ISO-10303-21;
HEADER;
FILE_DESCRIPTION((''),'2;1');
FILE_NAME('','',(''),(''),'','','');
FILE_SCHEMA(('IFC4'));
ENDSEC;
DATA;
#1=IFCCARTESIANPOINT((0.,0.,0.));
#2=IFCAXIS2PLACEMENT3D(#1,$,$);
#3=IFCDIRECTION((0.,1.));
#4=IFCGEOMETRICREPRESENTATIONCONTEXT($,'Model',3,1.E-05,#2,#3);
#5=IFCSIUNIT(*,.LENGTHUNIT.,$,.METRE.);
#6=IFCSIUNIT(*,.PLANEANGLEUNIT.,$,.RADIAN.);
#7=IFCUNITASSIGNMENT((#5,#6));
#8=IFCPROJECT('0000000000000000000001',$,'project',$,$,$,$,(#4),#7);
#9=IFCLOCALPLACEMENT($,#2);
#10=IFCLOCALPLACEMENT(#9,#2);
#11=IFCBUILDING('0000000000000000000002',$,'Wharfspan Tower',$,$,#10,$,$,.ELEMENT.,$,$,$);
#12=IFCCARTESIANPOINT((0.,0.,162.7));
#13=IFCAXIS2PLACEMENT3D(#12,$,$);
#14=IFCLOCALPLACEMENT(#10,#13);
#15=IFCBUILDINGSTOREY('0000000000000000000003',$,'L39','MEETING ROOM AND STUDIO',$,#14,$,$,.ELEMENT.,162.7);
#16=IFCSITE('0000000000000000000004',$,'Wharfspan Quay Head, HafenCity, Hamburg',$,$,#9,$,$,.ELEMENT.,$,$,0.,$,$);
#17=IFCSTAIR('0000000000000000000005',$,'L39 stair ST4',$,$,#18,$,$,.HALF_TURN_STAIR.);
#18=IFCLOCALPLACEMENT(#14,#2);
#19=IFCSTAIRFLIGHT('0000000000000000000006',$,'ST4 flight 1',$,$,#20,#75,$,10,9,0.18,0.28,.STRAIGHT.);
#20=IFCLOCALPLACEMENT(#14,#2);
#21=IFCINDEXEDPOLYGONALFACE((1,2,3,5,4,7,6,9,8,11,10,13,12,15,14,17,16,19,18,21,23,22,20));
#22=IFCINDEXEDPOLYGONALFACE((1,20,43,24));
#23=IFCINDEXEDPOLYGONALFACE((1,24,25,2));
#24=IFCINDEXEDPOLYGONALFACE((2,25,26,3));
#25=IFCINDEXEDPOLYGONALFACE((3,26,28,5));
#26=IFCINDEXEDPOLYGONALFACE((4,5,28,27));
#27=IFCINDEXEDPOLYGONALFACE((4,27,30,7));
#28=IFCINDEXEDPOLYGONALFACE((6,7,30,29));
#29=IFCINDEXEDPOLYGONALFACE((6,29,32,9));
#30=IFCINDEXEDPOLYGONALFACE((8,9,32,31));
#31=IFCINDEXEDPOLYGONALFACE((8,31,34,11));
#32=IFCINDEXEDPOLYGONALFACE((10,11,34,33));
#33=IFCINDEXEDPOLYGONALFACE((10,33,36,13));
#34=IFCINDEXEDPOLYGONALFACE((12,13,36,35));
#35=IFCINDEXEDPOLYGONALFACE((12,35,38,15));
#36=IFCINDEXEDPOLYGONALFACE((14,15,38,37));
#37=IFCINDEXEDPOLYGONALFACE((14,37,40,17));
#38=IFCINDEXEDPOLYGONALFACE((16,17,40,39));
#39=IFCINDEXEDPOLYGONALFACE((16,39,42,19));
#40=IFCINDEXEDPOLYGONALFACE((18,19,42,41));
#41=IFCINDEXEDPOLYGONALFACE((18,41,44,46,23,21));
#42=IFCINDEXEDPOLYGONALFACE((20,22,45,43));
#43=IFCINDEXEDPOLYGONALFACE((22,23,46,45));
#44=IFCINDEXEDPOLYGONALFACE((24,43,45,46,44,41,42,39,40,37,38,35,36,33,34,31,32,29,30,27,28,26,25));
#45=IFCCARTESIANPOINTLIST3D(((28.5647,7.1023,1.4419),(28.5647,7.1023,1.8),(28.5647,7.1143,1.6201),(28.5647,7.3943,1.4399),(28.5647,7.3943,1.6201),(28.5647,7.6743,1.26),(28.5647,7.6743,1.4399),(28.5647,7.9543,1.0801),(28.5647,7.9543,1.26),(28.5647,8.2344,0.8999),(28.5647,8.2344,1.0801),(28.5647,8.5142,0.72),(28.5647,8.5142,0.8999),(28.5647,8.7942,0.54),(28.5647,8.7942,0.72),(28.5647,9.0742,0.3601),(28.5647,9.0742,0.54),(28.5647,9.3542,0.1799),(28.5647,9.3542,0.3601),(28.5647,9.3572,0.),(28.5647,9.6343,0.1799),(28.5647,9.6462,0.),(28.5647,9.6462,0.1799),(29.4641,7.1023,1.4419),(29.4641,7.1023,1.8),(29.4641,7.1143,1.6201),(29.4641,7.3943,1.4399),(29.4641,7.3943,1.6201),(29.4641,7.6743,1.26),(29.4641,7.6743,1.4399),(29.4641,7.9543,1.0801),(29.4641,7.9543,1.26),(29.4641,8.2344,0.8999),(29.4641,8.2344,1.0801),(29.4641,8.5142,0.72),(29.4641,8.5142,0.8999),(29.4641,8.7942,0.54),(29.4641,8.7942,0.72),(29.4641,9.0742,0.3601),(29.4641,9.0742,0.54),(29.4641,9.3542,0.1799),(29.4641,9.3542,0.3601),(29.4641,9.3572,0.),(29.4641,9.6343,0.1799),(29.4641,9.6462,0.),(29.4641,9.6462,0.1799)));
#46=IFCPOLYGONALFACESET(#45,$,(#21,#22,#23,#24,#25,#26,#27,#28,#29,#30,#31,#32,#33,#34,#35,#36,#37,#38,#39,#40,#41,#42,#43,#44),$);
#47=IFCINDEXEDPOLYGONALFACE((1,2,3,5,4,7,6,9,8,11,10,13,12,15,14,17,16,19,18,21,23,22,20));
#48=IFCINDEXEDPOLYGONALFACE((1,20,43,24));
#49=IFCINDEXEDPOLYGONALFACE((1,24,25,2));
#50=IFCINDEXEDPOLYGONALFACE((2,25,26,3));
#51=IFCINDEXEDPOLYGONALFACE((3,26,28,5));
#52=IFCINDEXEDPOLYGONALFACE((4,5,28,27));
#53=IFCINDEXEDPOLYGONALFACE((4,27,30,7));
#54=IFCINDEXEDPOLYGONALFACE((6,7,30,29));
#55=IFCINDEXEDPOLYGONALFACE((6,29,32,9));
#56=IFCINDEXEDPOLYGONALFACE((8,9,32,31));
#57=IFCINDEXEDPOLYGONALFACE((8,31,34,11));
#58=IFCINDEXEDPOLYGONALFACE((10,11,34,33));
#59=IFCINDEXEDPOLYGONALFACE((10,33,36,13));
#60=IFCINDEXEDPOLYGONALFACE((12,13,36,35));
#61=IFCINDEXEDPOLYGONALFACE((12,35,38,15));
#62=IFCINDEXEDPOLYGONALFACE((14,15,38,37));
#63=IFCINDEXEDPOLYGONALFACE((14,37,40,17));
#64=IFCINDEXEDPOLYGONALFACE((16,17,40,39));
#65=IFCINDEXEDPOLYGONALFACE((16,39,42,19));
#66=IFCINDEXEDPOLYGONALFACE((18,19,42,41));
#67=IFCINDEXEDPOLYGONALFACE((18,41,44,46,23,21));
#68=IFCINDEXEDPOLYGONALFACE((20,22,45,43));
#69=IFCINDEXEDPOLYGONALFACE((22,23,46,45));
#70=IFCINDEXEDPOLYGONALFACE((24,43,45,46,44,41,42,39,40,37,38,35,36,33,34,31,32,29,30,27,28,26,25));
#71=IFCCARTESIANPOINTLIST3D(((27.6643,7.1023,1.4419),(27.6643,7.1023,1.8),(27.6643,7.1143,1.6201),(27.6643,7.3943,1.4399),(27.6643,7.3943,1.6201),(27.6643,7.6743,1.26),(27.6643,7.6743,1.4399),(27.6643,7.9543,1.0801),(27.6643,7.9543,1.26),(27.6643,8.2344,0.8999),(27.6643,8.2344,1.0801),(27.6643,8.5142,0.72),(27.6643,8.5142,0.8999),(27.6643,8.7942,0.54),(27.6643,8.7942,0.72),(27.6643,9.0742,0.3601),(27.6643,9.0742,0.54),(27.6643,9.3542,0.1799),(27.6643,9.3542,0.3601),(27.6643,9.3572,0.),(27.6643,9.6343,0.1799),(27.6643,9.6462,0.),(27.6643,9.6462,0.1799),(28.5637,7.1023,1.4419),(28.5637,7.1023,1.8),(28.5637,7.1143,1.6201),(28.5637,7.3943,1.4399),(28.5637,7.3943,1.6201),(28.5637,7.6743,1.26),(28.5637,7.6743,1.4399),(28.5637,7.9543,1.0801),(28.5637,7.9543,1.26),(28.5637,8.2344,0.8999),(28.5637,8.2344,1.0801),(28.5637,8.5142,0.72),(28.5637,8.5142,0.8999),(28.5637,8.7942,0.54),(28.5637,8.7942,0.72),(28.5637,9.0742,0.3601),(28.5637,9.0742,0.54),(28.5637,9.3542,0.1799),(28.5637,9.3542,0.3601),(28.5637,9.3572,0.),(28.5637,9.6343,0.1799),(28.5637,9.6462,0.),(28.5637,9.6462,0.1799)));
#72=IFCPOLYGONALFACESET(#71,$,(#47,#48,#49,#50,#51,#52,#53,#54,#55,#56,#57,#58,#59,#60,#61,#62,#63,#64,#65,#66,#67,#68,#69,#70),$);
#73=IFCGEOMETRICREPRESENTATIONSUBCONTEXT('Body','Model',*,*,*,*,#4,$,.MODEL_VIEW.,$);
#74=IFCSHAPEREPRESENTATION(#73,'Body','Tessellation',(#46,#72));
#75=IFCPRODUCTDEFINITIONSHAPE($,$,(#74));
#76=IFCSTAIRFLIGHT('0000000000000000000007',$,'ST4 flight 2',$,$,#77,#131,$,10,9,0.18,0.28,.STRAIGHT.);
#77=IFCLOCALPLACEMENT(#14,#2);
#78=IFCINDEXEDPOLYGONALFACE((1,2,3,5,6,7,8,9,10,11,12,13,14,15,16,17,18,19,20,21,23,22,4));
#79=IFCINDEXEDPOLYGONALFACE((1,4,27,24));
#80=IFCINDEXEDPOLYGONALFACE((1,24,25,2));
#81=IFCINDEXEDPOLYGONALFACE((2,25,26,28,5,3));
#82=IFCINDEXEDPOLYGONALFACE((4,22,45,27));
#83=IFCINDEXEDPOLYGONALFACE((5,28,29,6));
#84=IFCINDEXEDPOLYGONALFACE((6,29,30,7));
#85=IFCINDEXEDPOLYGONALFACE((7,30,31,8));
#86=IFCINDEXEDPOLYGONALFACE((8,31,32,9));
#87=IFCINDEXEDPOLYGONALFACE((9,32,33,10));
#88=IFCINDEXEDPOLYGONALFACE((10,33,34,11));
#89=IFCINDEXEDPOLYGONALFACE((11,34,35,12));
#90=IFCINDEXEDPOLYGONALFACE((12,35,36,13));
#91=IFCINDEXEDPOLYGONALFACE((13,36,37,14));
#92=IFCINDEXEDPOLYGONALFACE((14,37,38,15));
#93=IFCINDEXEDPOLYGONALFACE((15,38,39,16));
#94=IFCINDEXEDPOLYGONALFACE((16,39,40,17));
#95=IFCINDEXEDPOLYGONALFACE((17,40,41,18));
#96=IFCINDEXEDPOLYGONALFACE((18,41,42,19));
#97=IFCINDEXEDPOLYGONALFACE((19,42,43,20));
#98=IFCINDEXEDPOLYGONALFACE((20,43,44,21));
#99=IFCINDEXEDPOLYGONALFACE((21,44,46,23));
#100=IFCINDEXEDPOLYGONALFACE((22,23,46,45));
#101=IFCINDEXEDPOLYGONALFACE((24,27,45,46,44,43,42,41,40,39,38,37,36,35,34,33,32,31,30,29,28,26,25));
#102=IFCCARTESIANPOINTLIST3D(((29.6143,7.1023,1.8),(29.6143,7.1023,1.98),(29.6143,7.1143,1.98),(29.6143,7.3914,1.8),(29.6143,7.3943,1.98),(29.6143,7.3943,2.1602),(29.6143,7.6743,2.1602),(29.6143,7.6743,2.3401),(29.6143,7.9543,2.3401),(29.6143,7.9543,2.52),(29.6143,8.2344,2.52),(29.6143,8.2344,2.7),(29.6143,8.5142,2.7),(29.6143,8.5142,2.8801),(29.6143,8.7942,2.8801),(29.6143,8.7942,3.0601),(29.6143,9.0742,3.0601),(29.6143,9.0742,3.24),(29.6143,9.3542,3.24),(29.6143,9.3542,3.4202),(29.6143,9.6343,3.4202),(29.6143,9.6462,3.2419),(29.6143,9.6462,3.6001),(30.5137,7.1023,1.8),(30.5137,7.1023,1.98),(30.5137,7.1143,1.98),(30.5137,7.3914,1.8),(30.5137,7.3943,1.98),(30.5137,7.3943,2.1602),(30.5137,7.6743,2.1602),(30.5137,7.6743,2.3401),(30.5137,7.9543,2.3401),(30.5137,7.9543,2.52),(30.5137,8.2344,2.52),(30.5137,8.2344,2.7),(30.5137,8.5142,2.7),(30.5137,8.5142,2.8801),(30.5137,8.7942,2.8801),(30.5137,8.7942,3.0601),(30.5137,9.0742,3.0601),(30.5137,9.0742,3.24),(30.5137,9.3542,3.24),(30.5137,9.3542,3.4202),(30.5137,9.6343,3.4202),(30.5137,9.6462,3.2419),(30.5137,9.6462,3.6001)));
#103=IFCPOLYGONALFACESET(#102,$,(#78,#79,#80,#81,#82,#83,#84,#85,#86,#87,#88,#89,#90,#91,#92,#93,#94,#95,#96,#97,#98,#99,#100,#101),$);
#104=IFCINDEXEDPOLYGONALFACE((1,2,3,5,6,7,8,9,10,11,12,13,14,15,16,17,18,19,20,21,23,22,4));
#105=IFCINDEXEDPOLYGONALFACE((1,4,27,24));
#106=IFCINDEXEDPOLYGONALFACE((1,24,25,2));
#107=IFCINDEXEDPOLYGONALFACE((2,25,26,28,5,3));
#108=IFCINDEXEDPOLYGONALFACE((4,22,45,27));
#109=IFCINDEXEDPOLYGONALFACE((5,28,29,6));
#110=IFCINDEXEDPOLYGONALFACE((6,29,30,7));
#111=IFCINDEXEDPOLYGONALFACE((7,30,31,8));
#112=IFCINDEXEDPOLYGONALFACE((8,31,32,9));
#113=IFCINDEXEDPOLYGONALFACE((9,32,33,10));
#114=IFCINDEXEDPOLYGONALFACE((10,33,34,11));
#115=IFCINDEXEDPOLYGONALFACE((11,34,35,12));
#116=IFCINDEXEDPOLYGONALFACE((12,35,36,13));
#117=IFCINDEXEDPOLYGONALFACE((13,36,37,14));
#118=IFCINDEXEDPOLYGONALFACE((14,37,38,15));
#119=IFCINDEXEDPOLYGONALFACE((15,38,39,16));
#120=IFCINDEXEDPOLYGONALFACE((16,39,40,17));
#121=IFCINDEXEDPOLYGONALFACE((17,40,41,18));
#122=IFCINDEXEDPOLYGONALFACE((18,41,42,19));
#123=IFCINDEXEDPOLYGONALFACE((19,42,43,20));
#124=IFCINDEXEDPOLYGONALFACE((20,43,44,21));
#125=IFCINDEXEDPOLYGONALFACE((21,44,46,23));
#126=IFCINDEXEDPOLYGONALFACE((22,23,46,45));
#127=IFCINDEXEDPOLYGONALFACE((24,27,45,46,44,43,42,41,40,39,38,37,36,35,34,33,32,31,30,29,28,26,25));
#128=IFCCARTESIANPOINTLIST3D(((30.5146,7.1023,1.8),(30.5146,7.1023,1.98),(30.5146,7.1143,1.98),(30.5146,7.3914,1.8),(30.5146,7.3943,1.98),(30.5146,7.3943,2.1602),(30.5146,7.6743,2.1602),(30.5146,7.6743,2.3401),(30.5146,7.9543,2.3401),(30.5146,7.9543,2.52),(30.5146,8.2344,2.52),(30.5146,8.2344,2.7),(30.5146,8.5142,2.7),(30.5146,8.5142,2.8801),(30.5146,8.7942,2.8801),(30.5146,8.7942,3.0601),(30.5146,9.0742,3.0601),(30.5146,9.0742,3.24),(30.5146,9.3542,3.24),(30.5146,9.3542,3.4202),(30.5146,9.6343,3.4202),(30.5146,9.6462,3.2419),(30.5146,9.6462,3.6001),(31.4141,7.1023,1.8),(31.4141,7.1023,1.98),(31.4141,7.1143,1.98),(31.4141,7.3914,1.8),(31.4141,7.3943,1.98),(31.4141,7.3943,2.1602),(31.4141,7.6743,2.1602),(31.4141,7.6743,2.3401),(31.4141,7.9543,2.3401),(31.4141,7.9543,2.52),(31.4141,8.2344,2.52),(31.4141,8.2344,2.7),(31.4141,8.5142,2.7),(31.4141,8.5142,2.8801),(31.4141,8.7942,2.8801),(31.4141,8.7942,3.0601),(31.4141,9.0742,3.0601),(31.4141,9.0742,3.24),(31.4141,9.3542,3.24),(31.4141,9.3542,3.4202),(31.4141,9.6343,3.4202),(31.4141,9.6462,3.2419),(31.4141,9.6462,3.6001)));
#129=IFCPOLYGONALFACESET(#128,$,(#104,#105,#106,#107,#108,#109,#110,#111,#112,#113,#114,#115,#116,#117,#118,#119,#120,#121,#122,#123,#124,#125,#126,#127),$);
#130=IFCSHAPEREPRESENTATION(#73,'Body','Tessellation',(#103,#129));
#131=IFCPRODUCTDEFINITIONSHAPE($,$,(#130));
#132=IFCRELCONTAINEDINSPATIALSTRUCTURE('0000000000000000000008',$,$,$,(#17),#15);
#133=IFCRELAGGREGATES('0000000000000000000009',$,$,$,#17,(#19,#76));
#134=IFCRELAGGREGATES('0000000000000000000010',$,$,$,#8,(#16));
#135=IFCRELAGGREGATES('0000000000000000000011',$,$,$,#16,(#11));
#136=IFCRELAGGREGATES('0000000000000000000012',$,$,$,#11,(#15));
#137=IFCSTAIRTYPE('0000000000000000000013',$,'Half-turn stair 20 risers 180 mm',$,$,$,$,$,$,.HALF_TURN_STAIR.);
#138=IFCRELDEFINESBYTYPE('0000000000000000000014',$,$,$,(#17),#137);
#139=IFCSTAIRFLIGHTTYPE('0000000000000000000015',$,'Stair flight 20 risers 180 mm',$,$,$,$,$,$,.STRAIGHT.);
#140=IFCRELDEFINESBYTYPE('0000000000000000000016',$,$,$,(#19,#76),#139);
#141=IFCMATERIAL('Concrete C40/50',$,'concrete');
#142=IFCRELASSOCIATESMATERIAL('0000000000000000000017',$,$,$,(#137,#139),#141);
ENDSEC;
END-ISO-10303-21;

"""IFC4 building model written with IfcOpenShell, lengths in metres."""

from ifc_helpers import new_model, si_unit, direction, frame, origin, place, context, subcontext, project, spatial, polyline, outline, extrude, material, type_object, element, aggregate, save


model = new_model("IFC4")

# Units and contexts
model_context = context("Model", 3, precision=1e-05, world=origin(), true_north=direction((0.0, 1.0)))
body_context = subcontext(model_context, "Body", "Model", "MODEL_VIEW")
ifc_project = project(units=[si_unit("LENGTHUNIT", "METRE"), si_unit("PLANEANGLEUNIT", "RADIAN")], contexts=[model_context])

# Site, building, storey
site_placement = place(None, origin())
site = spatial("IfcSite", under=ifc_project, at=site_placement, Name="Wharfspan Quay Head, HafenCity, Hamburg", CompositionType="ELEMENT", RefElevation=0.0)
building_placement = place(site_placement, origin())
building = spatial("IfcBuilding", under=site, at=building_placement, Name="Wharfspan Tower", CompositionType="ELEMENT")
storey_placement = place(building_placement, frame((0.0, 0.0, 162.7)))
storey = spatial("IfcBuildingStorey", under=building, at=storey_placement, Name="L39", Description="MEETING ROOM AND STUDIO", CompositionType="ELEMENT", Elevation=162.7)

# Shared definitions
ifc_material_1 = material(Name="Concrete C40/50", Category="concrete")

# Stair, stair flights
stair_type = type_object("IfcStairType", Name="Half-turn stair 20 risers 180 mm", PredefinedType="HALF_TURN_STAIR", material=ifc_material_1)
stair_placement = place(storey_placement, origin())
stair = element("IfcStair", 1, at=stair_placement, inside=storey, type_object=stair_type, Name="L39 stair ST4", PredefinedType="HALF_TURN_STAIR")
stair_flight_type = type_object("IfcStairFlightType", Name="Stair flight 20 risers 180 mm", PredefinedType="STRAIGHT", material=ifc_material_1)
stair_flight_1_placement = place(storey_placement, frame((28.5642, 9.6343, 0.0), z_axis=(0.0, 0.0, 1.0), x_axis=(0.0, -1.0, 0.0)))
stair_flight_1 = element("IfcStairFlight", 2, at=stair_flight_1_placement, type_object=stair_flight_type, Name="ST4 flight 1", NumberOfRisers=10, NumberOfTreads=9, PredefinedType="STRAIGHT", RiserHeight=0.18, TreadLength=0.28, context=body_context, shape_type="SweptSolid", body=[
    extrude(outline(polyline([(-0.012, 0.0), (-0.012, 0.1799), (0.0, 0.1799), (0.28, 0.1799), (0.28, 0.3601), (0.5601, 0.3601), (0.5601, 0.54), (0.8401, 0.54), (0.8401, 0.72), (1.1201, 0.72), (1.1201, 0.8999), (1.3999, 0.8999), (1.3999, 1.0801), (1.6799, 1.0801), (1.6799, 1.26), (1.96, 1.26), (1.96, 1.4399), (2.24, 1.4399), (2.24, 1.6201), (2.52, 1.6201), (2.532, 1.8), (2.532, 1.4419), (0.2771, 0.0), (-0.012, 0.0)])), frame((0.0, 0.8999, 0.0), z_axis=(0.0, -1.0, 0.0), x_axis=(1.0, 0.0, 0.0)), (0.0, 0.0, 1.0), 0.8994),
    extrude(outline(polyline([(-0.012, 0.0), (-0.012, 0.1799), (0.0, 0.1799), (0.28, 0.1799), (0.28, 0.3601), (0.5601, 0.3601), (0.5601, 0.54), (0.8401, 0.54), (0.8401, 0.72), (1.1201, 0.72), (1.1201, 0.8999), (1.3999, 0.8999), (1.3999, 1.0801), (1.6799, 1.0801), (1.6799, 1.26), (1.96, 1.26), (1.96, 1.4399), (2.24, 1.4399), (2.24, 1.6201), (2.52, 1.6201), (2.532, 1.8), (2.532, 1.4419), (0.2771, 0.0), (-0.012, 0.0)])), frame((0.0, -0.0005, 0.0), z_axis=(0.0, -1.0, 0.0), x_axis=(1.0, 0.0, 0.0)), (0.0, 0.0, 1.0), 0.8994),
])
stair_flight_2_placement = place(storey_placement, frame((30.5142, 7.1143, 1.8), z_axis=(0.0, 0.0, 1.0), x_axis=(0.0, 1.0, 0.0)))
stair_flight_2 = element("IfcStairFlight", 3, at=stair_flight_2_placement, type_object=stair_flight_type, Name="ST4 flight 2", NumberOfRisers=10, NumberOfTreads=9, PredefinedType="STRAIGHT", RiserHeight=0.18, TreadLength=0.28, context=body_context, shape_type="SweptSolid", body=[
    extrude(outline(polyline([(-0.012, 0.0), (-0.012, 0.1799), (0.0, 0.1799), (0.28, 0.1799), (0.28, 0.3601), (0.5601, 0.3601), (0.5601, 0.54), (0.8401, 0.54), (0.8401, 0.72), (1.1201, 0.72), (1.1201, 0.8999), (1.3999, 0.8999), (1.3999, 1.0801), (1.6799, 1.0801), (1.6799, 1.26), (1.96, 1.26), (1.96, 1.4399), (2.24, 1.4399), (2.24, 1.6201), (2.52, 1.6201), (2.532, 1.8), (2.532, 1.4419), (0.2771, 0.0), (-0.012, 0.0)])), frame((0.0, 0.8999, 0.0), z_axis=(0.0, -1.0, 0.0), x_axis=(1.0, 0.0, 0.0)), (0.0, 0.0, 1.0), 0.8994),
    extrude(outline(polyline([(-0.012, 0.0), (-0.012, 0.1799), (0.0, 0.1799), (0.28, 0.1799), (0.28, 0.3601), (0.5601, 0.3601), (0.5601, 0.54), (0.8401, 0.54), (0.8401, 0.72), (1.1201, 0.72), (1.1201, 0.8999), (1.3999, 0.8999), (1.3999, 1.0801), (1.6799, 1.0801), (1.6799, 1.26), (1.96, 1.26), (1.96, 1.4399), (2.24, 1.4399), (2.24, 1.6201), (2.52, 1.6201), (2.532, 1.8), (2.532, 1.4419), (0.2771, 0.0), (-0.012, 0.0)])), frame((0.0, -0.0005, 0.0), z_axis=(0.0, -1.0, 0.0), x_axis=(1.0, 0.0, 0.0)), (0.0, 0.0, 1.0), 0.8994),
])
aggregate(stair, [stair_flight_1, stair_flight_2])

save(model, "model.ifc")
